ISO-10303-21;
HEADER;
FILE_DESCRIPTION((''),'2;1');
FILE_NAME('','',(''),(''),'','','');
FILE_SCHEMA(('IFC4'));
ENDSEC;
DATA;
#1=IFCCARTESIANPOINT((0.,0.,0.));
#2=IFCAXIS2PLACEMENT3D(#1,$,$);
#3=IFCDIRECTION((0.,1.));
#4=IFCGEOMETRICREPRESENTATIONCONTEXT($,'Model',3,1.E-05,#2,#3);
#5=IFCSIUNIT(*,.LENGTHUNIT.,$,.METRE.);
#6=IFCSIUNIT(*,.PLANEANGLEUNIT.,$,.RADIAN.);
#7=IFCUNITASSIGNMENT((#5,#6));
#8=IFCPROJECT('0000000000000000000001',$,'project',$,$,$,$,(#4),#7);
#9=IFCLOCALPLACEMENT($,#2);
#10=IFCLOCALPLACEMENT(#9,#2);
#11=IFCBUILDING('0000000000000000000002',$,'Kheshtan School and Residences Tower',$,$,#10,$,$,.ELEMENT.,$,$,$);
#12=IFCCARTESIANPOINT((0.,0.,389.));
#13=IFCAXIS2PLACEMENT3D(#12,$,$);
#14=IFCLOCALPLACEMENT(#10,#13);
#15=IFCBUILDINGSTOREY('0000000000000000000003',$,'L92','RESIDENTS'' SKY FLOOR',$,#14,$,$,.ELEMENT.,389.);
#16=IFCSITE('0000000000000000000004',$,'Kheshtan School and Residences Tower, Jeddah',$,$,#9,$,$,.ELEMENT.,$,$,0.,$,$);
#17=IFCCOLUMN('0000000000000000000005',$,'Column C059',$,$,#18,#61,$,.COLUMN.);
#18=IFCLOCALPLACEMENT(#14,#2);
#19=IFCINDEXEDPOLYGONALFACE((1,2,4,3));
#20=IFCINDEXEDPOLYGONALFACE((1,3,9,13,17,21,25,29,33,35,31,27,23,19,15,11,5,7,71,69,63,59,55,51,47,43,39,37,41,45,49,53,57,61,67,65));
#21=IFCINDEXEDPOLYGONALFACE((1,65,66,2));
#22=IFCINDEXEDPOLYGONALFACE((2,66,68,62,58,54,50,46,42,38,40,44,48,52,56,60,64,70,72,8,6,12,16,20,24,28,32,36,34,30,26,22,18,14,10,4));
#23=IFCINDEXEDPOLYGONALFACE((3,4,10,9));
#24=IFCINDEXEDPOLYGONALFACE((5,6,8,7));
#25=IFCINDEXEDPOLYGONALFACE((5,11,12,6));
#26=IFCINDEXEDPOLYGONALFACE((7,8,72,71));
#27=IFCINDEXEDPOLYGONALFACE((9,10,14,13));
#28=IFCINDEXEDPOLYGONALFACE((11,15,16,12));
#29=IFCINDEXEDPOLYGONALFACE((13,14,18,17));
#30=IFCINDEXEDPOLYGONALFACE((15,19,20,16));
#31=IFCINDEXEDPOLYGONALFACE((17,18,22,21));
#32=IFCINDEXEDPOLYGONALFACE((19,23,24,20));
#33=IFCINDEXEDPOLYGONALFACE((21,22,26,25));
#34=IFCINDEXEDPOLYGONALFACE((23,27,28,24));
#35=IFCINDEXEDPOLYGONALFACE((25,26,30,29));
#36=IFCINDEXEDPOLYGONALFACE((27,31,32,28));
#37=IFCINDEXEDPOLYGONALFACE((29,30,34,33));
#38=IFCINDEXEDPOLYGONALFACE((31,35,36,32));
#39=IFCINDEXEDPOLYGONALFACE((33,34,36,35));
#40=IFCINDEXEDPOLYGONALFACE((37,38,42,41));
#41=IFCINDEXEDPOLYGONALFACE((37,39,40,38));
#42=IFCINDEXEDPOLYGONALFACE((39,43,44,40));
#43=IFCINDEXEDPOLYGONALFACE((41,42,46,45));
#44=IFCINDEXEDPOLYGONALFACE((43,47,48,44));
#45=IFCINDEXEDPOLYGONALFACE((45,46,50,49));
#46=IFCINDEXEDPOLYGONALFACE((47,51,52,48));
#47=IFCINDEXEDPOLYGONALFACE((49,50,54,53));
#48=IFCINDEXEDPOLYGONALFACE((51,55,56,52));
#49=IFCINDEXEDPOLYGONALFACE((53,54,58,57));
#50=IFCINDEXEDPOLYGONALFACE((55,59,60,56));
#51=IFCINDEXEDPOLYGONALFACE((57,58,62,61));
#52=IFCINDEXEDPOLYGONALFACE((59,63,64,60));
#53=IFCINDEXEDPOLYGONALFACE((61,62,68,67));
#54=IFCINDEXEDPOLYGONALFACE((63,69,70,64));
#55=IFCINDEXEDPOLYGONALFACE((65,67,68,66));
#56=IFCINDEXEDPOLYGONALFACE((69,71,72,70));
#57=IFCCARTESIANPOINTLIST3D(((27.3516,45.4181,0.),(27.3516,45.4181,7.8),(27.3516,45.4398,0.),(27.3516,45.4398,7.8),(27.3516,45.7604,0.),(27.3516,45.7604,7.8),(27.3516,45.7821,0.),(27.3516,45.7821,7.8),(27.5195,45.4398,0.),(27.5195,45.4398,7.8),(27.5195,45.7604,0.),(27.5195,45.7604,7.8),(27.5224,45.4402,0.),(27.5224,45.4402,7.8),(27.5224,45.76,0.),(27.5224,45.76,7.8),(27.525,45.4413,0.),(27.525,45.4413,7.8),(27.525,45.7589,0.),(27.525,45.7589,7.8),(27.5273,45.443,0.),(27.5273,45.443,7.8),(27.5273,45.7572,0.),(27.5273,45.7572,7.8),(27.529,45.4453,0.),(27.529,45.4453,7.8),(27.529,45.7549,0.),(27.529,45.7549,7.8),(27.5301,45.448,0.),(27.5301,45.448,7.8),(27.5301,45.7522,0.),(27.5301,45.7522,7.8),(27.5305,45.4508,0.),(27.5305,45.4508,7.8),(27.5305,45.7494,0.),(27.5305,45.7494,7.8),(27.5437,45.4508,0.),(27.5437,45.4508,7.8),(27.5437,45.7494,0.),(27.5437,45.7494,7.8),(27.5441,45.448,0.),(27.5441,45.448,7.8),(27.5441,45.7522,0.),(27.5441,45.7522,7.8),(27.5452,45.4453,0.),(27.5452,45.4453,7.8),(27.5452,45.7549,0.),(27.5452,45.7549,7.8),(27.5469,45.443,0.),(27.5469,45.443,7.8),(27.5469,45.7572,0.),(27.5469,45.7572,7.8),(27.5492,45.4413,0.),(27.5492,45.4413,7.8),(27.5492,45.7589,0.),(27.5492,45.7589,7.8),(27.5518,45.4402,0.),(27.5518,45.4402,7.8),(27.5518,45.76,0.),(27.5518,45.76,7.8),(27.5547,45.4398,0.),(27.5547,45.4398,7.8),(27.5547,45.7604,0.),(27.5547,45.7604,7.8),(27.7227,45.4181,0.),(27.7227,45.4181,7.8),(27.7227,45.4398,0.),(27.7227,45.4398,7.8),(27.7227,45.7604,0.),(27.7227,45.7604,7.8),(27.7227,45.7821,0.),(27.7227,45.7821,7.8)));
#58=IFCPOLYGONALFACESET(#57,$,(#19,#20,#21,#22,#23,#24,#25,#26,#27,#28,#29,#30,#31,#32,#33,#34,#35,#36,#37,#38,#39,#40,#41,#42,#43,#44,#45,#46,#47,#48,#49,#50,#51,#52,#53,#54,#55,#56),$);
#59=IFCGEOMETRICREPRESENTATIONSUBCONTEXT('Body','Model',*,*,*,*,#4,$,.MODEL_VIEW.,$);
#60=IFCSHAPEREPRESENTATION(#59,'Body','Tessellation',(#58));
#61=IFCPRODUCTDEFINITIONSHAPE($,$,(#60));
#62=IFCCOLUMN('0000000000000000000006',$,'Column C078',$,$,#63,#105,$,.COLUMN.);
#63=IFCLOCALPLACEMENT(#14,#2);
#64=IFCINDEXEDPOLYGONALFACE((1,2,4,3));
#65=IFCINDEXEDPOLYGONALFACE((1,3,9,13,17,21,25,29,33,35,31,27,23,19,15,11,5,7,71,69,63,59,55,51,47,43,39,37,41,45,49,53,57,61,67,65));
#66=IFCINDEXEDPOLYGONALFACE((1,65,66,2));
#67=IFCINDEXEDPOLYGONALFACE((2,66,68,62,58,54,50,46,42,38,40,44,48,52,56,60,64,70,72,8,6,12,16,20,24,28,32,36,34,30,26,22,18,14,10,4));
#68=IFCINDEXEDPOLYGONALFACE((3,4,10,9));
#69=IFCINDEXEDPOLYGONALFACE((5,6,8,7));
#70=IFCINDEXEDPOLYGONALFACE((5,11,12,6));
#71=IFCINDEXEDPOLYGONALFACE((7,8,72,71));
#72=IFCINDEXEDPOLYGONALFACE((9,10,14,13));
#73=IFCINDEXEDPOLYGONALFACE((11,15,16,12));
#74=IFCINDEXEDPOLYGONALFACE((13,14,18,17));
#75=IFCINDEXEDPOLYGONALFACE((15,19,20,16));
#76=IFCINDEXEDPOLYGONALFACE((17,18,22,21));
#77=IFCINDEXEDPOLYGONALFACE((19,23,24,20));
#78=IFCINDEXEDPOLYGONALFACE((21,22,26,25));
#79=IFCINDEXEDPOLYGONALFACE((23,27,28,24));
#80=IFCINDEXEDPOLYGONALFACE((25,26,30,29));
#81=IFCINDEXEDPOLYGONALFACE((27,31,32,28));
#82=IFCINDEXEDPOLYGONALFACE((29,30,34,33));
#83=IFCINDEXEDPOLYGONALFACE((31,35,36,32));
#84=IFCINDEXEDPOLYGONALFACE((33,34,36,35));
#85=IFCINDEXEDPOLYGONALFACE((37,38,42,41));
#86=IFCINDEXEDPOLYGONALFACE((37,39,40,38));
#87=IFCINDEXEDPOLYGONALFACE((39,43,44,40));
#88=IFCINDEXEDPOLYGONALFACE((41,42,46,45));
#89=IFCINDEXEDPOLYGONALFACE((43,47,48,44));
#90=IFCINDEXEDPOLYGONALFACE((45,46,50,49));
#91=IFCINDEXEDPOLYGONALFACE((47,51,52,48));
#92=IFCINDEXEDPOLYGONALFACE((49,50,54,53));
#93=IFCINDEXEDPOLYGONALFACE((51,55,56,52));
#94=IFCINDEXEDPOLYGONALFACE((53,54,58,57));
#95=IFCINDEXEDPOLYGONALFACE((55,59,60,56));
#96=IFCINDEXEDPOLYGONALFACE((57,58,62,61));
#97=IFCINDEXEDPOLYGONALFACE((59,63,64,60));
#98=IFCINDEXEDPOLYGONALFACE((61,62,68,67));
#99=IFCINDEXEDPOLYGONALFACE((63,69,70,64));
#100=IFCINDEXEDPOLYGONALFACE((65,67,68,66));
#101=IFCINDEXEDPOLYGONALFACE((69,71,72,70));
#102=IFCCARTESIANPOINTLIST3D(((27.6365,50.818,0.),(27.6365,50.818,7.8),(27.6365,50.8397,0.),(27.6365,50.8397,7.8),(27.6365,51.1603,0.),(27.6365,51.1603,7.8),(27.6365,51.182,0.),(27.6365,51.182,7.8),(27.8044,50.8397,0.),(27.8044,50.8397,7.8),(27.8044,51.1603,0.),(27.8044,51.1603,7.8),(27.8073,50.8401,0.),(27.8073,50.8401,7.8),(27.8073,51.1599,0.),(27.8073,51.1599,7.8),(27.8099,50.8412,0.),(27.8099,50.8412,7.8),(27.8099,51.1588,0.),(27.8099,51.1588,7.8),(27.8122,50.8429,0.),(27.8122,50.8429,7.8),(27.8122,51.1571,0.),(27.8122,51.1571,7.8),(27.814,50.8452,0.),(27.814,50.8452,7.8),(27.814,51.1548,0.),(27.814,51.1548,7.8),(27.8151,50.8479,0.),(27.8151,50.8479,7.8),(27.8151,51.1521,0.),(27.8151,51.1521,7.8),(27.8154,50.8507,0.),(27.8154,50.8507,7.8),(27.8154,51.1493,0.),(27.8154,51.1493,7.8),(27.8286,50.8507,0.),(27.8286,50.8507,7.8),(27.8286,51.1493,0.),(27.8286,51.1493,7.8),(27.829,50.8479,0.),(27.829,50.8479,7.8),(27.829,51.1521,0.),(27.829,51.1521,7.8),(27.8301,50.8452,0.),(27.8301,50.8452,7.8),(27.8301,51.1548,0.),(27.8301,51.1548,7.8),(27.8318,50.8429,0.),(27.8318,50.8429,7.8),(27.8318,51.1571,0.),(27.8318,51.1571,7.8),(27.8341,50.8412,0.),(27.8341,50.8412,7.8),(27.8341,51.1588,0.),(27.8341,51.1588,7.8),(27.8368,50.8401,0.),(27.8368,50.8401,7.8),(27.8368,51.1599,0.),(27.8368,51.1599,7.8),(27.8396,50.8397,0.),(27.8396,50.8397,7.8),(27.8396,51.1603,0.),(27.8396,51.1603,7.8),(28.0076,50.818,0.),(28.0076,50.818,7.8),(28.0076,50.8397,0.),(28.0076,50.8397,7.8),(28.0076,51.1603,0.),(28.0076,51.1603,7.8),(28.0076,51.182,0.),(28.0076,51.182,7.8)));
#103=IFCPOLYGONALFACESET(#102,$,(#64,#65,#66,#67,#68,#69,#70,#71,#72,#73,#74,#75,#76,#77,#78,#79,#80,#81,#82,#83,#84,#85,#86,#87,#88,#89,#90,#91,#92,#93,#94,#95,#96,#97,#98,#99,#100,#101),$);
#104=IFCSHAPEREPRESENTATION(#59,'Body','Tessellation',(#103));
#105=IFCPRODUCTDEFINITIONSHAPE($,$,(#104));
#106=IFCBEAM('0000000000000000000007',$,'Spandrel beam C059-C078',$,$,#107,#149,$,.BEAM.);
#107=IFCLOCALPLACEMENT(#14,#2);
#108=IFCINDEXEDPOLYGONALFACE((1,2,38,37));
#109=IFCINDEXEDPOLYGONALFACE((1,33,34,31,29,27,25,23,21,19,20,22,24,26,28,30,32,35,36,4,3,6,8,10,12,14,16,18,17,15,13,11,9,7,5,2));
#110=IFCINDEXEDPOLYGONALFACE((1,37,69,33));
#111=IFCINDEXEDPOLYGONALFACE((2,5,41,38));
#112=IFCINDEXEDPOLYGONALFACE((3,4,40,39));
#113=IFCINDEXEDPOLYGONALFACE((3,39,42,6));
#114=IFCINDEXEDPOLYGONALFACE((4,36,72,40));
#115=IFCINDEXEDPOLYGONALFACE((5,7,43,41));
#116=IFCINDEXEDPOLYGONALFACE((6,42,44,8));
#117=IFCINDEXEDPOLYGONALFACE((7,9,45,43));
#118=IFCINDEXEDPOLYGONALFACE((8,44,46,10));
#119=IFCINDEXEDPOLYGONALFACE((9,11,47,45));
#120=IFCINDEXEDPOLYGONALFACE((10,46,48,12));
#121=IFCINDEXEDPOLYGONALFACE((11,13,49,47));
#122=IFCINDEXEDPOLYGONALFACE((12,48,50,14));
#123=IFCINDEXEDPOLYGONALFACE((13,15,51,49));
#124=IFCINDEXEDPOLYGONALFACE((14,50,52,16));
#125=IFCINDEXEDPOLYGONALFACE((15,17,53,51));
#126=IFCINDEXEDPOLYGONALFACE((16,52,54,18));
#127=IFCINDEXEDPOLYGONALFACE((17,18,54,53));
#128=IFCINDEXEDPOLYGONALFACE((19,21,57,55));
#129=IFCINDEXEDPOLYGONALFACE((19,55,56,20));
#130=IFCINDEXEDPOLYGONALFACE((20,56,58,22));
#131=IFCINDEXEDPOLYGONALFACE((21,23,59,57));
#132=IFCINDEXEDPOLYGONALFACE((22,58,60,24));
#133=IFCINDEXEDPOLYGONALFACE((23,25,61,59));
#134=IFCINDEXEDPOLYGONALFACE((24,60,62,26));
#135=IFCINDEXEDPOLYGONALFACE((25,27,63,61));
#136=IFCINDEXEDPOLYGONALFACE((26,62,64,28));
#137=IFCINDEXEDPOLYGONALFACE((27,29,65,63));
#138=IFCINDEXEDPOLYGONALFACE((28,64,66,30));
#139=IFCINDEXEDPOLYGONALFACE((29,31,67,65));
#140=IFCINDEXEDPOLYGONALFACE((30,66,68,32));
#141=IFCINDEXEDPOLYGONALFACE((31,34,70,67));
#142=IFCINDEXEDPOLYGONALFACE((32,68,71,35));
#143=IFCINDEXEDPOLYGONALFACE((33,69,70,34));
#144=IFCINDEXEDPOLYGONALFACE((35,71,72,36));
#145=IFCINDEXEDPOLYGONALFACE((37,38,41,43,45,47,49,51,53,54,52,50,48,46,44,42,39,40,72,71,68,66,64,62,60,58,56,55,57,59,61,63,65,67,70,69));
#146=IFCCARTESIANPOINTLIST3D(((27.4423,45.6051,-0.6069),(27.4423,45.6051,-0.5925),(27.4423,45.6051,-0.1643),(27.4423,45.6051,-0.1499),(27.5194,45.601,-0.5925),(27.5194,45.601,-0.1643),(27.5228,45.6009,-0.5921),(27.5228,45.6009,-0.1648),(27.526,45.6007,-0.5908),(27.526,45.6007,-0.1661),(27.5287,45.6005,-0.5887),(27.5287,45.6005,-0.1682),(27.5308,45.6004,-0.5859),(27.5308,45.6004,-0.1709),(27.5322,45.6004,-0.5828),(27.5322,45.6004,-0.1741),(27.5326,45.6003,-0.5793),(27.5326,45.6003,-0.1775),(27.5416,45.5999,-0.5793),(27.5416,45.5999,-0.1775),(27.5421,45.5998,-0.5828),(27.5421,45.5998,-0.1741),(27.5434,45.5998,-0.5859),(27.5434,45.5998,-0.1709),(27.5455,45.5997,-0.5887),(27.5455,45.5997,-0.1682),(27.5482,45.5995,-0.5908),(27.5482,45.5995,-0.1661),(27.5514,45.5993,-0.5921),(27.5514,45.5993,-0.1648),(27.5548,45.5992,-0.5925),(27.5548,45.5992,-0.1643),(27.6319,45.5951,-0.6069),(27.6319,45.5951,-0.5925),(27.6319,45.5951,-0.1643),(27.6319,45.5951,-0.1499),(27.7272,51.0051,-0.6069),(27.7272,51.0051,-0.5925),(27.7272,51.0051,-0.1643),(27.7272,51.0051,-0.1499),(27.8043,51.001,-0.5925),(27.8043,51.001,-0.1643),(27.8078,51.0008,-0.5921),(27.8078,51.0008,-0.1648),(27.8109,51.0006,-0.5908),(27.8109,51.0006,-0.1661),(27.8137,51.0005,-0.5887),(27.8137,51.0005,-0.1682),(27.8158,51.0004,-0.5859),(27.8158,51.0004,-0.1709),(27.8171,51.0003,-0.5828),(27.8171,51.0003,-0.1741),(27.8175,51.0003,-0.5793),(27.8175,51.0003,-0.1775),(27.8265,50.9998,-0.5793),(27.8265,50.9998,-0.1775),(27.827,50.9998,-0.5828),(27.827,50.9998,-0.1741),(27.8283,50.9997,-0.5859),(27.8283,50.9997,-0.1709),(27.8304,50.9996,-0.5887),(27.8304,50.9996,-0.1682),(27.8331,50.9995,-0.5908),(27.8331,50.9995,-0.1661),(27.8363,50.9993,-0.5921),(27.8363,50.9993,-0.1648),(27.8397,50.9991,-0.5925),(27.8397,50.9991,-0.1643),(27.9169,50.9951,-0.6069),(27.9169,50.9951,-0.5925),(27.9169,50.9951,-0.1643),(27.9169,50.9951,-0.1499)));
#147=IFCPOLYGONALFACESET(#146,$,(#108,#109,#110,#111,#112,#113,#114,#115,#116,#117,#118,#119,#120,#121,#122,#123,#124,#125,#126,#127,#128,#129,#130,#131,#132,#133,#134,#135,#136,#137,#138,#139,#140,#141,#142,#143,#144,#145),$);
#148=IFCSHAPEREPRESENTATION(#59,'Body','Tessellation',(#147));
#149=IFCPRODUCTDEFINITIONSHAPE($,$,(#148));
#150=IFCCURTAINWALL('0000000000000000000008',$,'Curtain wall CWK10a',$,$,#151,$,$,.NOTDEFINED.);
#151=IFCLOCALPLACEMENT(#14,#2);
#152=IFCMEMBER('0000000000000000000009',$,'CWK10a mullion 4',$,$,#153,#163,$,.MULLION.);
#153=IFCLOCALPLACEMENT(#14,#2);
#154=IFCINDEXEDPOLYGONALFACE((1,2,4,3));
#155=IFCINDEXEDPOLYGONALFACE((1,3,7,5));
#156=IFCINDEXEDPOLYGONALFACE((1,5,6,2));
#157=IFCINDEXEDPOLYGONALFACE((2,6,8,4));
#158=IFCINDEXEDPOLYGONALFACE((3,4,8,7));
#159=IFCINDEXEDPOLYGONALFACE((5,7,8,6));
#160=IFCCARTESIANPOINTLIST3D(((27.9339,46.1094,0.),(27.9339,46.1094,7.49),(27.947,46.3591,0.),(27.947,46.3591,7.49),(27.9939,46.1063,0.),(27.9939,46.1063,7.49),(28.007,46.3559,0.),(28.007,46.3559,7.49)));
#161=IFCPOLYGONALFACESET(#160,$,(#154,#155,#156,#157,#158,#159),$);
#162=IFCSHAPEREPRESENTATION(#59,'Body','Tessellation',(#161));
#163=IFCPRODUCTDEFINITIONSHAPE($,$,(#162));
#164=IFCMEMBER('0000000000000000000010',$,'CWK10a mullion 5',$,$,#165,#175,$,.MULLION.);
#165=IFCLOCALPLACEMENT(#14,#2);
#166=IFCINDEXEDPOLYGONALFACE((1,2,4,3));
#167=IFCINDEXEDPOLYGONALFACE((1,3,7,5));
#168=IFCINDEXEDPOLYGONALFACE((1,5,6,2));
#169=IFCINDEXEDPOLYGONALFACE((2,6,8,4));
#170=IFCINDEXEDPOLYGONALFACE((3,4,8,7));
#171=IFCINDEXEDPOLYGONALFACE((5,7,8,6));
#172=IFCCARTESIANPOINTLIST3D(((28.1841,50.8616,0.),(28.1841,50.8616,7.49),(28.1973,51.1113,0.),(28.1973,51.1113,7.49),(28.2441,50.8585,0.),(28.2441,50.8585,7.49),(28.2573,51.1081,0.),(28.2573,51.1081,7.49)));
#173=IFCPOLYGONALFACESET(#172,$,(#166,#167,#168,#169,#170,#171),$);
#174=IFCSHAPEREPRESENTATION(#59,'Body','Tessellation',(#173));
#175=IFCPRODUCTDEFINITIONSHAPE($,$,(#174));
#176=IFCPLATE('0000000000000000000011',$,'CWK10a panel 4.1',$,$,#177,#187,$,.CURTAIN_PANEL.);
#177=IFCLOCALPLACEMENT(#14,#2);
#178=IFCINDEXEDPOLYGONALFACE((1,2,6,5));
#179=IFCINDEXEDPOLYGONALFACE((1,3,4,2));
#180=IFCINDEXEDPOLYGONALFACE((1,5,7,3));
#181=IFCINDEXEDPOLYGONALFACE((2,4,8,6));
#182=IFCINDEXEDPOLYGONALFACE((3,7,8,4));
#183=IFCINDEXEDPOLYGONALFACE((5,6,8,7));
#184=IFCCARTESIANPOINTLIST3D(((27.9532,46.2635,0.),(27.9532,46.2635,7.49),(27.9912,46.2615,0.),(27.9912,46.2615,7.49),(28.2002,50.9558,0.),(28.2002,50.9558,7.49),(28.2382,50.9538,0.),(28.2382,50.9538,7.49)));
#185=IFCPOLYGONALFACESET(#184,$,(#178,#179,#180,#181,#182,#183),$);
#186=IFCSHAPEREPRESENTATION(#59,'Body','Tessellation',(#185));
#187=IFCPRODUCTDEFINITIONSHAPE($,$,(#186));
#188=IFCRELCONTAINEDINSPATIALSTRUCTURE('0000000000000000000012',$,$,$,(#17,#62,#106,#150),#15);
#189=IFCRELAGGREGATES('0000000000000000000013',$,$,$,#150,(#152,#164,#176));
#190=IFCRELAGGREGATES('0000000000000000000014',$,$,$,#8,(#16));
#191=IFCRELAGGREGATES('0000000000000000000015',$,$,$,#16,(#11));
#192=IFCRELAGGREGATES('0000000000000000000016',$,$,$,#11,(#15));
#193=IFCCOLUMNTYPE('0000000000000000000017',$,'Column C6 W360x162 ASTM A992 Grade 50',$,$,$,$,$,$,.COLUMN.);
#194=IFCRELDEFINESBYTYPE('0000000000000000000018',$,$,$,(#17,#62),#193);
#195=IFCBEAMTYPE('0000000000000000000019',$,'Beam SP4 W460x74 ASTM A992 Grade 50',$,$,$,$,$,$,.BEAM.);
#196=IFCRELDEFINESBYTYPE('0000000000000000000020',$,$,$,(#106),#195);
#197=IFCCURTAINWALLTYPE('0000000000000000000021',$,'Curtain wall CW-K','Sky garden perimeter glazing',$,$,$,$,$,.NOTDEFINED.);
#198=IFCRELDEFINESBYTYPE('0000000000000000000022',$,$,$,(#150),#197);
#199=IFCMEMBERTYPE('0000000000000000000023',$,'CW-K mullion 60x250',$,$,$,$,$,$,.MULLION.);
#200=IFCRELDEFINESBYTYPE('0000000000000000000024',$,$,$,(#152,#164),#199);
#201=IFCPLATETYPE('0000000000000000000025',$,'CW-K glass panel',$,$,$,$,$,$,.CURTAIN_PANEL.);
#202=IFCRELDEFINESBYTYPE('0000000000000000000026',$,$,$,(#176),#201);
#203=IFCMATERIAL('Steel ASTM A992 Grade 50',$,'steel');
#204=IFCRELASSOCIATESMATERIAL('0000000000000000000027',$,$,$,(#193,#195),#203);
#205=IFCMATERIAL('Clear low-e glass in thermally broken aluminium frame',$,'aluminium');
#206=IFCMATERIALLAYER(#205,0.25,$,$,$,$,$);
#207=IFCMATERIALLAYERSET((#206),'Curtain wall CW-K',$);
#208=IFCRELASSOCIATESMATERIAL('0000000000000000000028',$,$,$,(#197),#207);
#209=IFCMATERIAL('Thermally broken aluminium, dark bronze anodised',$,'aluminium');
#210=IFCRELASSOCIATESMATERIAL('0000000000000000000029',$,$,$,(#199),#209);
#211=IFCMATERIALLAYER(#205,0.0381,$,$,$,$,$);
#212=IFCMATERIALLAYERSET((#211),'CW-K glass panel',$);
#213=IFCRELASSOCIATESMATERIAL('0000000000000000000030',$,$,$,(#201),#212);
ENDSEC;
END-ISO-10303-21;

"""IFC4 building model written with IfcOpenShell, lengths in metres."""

from ifc_helpers import new_model, si_unit, direction, frame, origin, origin_2d, place, context, subcontext, project, spatial, rectangle, i_section, extrude, material, layer, layer_set, material_profile, profile_set, type_object, element, aggregate, save


model = new_model("IFC4")

# Units and contexts
model_context = context("Model", 3, precision=1e-05, world=origin(), true_north=direction((0.0, 1.0)))
body_context = subcontext(model_context, "Body", "Model", "MODEL_VIEW")
ifc_project = project(units=[si_unit("LENGTHUNIT", "METRE"), si_unit("PLANEANGLEUNIT", "RADIAN")], contexts=[model_context])

# Site, building, storey
site_placement = place(None, origin())
site = spatial("IfcSite", under=ifc_project, at=site_placement, Name="Kheshtan School and Residences Tower, Jeddah", CompositionType="ELEMENT", RefElevation=0.0)
building_placement = place(site_placement, origin())
building = spatial("IfcBuilding", under=site, at=building_placement, Name="Kheshtan School and Residences Tower", CompositionType="ELEMENT")
storey_placement = place(building_placement, frame((0.0, 0.0, 389.0)))
storey = spatial("IfcBuildingStorey", under=building, at=storey_placement, Name="L92", Description="RESIDENTS' SKY FLOOR", CompositionType="ELEMENT", Elevation=389.0)

# Columns
ifc_material_1 = material(Name="Steel ASTM A992 Grade 50", Category="steel")
ifc_material_profile_1 = material_profile(ifc_material_1, i_section(OverallWidth=0.3711, OverallDepth=0.364, WebThickness=0.0132, FlangeThickness=0.0217, FilletRadius=0.011, at=origin_2d()), Name="W360x162")
ifc_profile_set_1 = profile_set([ifc_material_profile_1], Name="Steel ASTM A992 Grade 50")
column_type = type_object("IfcColumnType", Name="Column C6 W360x162 ASTM A992 Grade 50", PredefinedType="COLUMN", material=ifc_profile_set_1)
for number, where, z_axis, x_axis, name in (
    (1, (27.5371, 45.6001, 0.0), (0.0, 0.0, 1.0), (1.0, 0.0, 0.0), "Column C059"),
    (2, (27.822, 51.0, 0.0), (0.0, 0.0, 1.0), (1.0, 0.0, 0.0), "Column C078"),
):
    element("IfcColumn", number, at=place(storey_placement, frame(where, z_axis=z_axis, x_axis=x_axis)), inside=storey, type_object=column_type, Name=name, PredefinedType="COLUMN", context=body_context, shape_type="SweptSolid", body=[
        extrude(i_section(OverallWidth=0.3711, OverallDepth=0.364, WebThickness=0.0132, FlangeThickness=0.0217, FilletRadius=0.011, at=origin_2d()), origin(), (0.0, 0.0, 1.0), 7.8),
    ])

# Beam
ifc_material_profile_2 = material_profile(ifc_material_1, i_section(OverallWidth=0.1899, OverallDepth=0.457, WebThickness=0.009, FlangeThickness=0.0144, FilletRadius=0.0132, at=origin_2d()), Name="W460x74")
ifc_profile_set_2 = profile_set([ifc_material_profile_2], Name="Steel ASTM A992 Grade 50")
beam_type = type_object("IfcBeamType", Name="Beam SP4 W460x74 ASTM A992 Grade 50", PredefinedType="BEAM", material=ifc_profile_set_2)
beam_placement = place(storey_placement, frame((27.5371, 45.6001, -0.3784), z_axis=(0.052689, 0.998611, 0.0), x_axis=(-0.998611, 0.052689, 0.0)))
element("IfcBeam", 3, at=beam_placement, inside=storey, type_object=beam_type, Name="Spandrel beam C059-C078", PredefinedType="BEAM", context=body_context, shape_type="SweptSolid", body=[
    extrude(i_section(OverallWidth=0.1899, OverallDepth=0.457, WebThickness=0.009, FlangeThickness=0.0144, FilletRadius=0.0132, at=origin_2d()), origin(), (0.0, 0.0, 1.0), 5.4075),
])

# Curtain wall, members, plate
ifc_material_2 = material(Name="Clear low-e glass in thermally broken aluminium frame", Category="aluminium")
ifc_layer_1 = layer(ifc_material_2, 0.25)
ifc_layer_set_1 = layer_set([ifc_layer_1], Name="Curtain wall CW-K")
curtain_wall_type = type_object("IfcCurtainWallType", Name="Curtain wall CW-K", Description="Sky garden perimeter glazing", PredefinedType="NOTDEFINED", material=ifc_layer_set_1)
curtain_wall_placement = place(storey_placement, origin())
curtain_wall = element("IfcCurtainWall", 4, at=curtain_wall_placement, inside=storey, type_object=curtain_wall_type, Name="Curtain wall CWK10a", PredefinedType="NOTDEFINED")
ifc_material_3 = material(Name="Thermally broken aluminium, dark bronze anodised", Category="aluminium")
ifc_material_profile_3 = material_profile(ifc_material_3, rectangle(XDim=0.0601, YDim=0.25, at=origin_2d()), Name="CW-K mullion 60x250")
ifc_profile_set_3 = profile_set([ifc_material_profile_3], Name="Thermally broken aluminium, dark bronze anodised")
member_type = type_object("IfcMemberType", Name="CW-K mullion 60x250", PredefinedType="MULLION", material=ifc_profile_set_3)
member_1_placement = place(storey_placement, frame((27.9705, 46.2327, 0.0), z_axis=(0.0, 0.0, 1.0), x_axis=(-0.998617, 0.052565, 0.0)))
member_1 = element("IfcMember", 5, at=member_1_placement, type_object=member_type, Name="CWK10a mullion 4", PredefinedType="MULLION", context=body_context, shape_type="SweptSolid", body=[
    extrude(rectangle(XDim=0.0601, YDim=0.25, at=origin_2d()), origin(), (0.0, 0.0, 1.0), 7.49),
])
member_2_placement = place(storey_placement, frame((28.2207, 50.9849, 0.0), z_axis=(0.0, 0.0, 1.0), x_axis=(-0.998617, 0.052565, 0.0)))
member_2 = element("IfcMember", 6, at=member_2_placement, type_object=member_type, Name="CWK10a mullion 5", PredefinedType="MULLION", context=body_context, shape_type="SweptSolid", body=[
    extrude(rectangle(XDim=0.0601, YDim=0.25, at=origin_2d()), origin(), (0.0, 0.0, 1.0), 7.49),
])
ifc_layer_2 = layer(ifc_material_2, 0.0381)
ifc_layer_set_2 = layer_set([ifc_layer_2], Name="CW-K glass panel")
plate_type = type_object("IfcPlateType", Name="CW-K glass panel", PredefinedType="CURTAIN_PANEL", material=ifc_layer_set_2)
plate_placement = place(storey_placement, frame((28.0957, 48.6086, 0.0), z_axis=(0.0, 0.0, 1.0), x_axis=(0.052565, 0.998617, 0.0)))
plate = element("IfcPlate", 7, at=plate_placement, type_object=plate_type, Name="CWK10a panel 4.1", PredefinedType="CURTAIN_PANEL", context=body_context, shape_type="SweptSolid", body=[
    extrude(rectangle(XDim=4.6987, YDim=0.0381, at=origin_2d()), origin(), (0.0, 0.0, 1.0), 7.49),
])
aggregate(curtain_wall, [member_1, member_2, plate])

save(model, "model.ifc")
